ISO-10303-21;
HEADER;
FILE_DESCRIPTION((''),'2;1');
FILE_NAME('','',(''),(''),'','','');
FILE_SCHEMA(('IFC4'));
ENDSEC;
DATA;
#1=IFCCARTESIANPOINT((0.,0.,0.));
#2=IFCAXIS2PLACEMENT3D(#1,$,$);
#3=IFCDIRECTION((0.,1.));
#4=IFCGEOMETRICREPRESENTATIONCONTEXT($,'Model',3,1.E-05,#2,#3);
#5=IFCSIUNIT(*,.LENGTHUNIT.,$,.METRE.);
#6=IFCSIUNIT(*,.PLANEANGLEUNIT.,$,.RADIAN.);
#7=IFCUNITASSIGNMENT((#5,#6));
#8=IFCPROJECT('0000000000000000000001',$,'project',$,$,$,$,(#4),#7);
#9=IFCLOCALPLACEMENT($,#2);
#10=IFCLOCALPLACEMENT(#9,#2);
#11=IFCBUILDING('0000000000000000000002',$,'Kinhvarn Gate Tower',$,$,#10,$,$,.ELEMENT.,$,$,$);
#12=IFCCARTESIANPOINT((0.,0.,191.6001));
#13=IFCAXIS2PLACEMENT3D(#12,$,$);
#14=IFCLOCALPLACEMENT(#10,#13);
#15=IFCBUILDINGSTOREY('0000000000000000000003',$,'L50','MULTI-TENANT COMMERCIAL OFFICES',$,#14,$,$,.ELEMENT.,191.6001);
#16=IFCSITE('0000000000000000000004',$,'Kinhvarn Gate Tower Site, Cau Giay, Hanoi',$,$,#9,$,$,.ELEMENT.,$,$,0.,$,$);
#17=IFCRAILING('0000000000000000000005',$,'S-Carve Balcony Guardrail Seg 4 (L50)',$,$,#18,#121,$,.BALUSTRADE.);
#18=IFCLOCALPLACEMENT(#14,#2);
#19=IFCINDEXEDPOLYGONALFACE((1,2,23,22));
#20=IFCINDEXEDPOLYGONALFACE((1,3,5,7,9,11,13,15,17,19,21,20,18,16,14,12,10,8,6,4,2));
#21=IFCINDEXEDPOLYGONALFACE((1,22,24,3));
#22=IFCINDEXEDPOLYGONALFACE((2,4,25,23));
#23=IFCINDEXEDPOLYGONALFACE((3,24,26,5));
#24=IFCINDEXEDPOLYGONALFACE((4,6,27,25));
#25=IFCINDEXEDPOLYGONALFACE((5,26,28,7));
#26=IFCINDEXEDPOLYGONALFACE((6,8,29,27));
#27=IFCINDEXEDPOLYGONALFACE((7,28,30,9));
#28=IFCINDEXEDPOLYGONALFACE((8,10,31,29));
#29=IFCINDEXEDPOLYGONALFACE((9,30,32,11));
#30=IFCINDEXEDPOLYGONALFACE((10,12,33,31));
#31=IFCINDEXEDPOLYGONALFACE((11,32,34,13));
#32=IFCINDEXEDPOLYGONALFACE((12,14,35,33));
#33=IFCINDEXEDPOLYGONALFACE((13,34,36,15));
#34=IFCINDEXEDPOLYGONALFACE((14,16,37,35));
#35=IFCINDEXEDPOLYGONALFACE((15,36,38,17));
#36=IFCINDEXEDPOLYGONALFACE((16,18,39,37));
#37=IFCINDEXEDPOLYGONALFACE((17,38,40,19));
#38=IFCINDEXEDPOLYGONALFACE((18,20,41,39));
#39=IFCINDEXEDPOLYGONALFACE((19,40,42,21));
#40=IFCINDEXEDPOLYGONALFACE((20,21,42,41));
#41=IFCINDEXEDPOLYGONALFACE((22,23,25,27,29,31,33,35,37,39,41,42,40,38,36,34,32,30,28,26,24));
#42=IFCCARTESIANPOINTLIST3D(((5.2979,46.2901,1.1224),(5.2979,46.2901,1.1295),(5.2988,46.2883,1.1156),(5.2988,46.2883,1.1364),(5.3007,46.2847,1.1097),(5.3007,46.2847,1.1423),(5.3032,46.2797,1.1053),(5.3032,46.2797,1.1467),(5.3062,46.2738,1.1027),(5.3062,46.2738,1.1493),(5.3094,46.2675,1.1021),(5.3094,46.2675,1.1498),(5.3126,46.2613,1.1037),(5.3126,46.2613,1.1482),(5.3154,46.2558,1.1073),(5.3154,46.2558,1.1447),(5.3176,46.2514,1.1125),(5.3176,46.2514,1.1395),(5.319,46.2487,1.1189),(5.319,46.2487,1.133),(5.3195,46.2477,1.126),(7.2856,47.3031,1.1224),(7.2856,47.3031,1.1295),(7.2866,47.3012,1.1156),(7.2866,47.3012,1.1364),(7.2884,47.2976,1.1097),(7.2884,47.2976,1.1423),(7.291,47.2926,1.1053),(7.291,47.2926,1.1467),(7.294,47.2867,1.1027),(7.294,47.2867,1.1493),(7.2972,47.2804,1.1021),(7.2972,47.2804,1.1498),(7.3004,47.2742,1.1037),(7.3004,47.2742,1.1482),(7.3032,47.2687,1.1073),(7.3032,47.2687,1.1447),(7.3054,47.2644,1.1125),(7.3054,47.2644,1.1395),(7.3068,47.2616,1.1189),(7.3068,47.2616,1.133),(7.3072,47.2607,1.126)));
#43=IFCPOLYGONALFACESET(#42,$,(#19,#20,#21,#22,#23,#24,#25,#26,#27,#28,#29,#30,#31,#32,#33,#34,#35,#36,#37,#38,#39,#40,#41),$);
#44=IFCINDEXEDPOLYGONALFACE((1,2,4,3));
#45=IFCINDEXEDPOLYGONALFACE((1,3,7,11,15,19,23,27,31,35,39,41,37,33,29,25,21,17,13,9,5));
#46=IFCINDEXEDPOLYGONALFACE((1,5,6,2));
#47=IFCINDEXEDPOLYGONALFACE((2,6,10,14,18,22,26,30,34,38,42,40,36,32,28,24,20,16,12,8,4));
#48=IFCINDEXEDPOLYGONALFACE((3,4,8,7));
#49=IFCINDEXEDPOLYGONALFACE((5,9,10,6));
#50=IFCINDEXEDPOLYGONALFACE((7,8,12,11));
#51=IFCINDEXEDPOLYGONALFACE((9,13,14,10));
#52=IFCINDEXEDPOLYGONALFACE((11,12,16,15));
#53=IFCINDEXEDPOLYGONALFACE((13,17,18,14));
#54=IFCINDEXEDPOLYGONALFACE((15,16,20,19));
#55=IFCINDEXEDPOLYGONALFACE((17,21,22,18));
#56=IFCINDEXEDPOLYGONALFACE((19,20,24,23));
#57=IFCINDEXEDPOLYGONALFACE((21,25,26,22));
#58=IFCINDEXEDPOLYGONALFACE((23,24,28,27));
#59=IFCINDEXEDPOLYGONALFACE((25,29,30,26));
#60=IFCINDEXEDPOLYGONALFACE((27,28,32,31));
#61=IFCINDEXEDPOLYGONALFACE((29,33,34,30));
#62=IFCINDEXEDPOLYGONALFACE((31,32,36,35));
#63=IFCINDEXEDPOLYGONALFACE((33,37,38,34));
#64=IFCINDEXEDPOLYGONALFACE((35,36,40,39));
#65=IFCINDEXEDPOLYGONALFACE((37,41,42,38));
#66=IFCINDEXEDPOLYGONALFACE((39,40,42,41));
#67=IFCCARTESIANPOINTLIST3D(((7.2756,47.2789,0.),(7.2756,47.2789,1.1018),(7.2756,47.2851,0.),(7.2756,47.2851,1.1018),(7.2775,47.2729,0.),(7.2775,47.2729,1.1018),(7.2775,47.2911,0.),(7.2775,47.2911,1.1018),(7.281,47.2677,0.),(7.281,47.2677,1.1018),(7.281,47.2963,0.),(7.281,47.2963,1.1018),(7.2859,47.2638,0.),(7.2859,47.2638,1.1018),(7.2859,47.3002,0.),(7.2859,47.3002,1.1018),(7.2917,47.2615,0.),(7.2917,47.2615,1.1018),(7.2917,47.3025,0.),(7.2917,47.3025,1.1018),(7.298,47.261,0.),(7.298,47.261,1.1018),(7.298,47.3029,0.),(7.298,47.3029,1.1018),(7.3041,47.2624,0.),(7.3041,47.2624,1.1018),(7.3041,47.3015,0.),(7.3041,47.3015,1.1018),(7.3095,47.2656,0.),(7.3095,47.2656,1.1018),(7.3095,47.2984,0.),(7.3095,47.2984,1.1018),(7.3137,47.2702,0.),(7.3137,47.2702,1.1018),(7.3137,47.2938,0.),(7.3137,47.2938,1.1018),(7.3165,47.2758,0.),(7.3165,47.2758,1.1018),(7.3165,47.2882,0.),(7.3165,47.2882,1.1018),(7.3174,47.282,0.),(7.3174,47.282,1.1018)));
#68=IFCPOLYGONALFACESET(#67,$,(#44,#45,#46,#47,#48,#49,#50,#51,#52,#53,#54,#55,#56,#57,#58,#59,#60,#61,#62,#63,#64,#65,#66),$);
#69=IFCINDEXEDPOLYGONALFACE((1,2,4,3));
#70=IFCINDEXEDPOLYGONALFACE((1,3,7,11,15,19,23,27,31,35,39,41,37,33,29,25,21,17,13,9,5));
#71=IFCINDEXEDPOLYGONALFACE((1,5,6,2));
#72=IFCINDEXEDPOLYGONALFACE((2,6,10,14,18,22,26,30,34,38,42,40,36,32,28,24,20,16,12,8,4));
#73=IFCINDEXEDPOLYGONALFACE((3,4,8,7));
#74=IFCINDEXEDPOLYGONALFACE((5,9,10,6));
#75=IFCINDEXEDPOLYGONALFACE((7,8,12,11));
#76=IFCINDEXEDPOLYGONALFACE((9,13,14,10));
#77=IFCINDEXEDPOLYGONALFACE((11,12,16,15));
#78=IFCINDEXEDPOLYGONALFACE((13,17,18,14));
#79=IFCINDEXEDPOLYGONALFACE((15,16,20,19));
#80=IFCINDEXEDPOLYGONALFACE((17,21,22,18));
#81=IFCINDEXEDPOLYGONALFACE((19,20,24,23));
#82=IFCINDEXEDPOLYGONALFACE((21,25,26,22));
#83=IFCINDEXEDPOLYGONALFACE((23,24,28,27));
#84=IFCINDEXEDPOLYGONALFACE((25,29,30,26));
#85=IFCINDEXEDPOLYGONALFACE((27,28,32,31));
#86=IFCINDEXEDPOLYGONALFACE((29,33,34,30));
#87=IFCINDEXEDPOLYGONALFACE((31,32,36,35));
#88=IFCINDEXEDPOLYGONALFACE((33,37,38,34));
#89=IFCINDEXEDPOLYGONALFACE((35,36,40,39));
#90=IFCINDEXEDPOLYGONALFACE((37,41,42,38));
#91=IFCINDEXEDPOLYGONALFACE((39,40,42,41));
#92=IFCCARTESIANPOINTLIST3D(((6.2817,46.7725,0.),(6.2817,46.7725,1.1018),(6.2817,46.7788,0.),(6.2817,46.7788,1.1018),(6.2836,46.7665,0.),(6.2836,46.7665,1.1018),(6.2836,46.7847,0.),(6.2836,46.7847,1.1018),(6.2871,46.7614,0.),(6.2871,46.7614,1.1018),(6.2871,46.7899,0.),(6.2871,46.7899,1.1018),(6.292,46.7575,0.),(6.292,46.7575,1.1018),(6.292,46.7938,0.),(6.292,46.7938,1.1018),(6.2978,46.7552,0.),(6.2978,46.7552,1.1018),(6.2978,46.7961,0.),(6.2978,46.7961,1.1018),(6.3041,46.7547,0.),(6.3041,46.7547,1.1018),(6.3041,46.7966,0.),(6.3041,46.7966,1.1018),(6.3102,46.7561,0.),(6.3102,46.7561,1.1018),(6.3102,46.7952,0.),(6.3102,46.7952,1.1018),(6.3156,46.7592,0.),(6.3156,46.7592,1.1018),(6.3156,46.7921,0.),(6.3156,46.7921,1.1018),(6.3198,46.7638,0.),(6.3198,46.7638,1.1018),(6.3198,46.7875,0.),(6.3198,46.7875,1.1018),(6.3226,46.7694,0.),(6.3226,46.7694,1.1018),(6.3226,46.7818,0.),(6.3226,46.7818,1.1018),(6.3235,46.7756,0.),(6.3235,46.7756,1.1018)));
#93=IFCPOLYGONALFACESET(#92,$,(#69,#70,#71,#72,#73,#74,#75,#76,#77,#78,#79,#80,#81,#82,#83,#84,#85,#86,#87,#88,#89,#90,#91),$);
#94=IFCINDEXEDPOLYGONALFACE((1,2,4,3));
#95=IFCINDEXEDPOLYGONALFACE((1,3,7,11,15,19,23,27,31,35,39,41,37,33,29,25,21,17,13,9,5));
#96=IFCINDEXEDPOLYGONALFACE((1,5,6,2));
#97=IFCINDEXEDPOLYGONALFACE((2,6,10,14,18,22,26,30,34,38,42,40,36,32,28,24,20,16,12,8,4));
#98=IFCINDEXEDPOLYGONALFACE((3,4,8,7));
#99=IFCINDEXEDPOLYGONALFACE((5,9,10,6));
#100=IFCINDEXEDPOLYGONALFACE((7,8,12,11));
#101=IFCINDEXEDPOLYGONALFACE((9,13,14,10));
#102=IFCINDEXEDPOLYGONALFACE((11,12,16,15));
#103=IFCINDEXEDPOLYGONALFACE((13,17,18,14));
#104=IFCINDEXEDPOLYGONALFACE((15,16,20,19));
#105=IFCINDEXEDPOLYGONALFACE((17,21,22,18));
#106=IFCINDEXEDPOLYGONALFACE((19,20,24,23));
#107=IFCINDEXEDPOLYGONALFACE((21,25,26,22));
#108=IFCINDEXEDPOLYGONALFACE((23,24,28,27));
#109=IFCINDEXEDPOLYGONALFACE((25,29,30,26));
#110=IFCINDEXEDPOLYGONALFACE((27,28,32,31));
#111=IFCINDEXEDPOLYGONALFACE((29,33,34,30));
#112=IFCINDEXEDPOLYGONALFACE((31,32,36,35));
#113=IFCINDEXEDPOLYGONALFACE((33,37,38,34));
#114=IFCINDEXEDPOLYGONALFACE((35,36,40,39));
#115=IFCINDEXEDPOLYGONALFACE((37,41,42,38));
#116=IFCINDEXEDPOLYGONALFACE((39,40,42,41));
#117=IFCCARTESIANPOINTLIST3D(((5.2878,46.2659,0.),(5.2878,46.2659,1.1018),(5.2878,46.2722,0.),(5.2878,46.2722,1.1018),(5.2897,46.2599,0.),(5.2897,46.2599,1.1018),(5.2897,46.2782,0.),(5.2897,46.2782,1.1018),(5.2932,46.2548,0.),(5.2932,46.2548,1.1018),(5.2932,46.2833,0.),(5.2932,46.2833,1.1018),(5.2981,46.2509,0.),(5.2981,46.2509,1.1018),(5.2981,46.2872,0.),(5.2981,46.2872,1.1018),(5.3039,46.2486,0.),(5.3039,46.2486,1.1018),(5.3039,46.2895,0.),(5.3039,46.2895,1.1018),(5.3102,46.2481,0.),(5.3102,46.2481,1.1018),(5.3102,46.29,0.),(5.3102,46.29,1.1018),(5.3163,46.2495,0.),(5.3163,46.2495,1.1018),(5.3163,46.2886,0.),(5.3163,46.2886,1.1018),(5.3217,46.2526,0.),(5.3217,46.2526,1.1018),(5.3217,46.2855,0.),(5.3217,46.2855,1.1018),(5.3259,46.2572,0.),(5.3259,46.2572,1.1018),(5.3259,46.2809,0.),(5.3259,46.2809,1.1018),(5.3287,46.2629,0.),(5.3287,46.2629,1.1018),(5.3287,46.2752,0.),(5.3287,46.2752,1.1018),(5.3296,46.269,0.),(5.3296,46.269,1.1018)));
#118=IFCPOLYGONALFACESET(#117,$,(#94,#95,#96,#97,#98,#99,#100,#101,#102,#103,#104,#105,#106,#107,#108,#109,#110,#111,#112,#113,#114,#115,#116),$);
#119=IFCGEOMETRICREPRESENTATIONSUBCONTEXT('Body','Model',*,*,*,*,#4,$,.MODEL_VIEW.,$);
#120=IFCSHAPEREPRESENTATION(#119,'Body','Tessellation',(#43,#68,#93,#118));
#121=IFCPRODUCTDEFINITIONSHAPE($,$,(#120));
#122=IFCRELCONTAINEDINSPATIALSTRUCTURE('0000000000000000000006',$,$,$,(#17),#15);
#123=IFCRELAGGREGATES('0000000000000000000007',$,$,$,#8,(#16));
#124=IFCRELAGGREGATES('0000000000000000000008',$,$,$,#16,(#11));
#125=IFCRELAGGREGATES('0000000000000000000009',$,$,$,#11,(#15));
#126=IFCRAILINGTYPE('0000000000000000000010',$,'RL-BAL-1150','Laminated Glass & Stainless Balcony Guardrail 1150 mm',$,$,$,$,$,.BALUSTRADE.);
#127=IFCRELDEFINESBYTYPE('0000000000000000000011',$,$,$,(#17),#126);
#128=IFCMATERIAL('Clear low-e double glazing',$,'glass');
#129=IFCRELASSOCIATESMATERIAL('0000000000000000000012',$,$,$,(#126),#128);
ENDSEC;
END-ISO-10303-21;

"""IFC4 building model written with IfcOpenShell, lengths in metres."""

from ifc_helpers import new_model, si_unit, direction, frame, origin, origin_2d, place, context, subcontext, project, spatial, circle, extrude, material, type_object, element, save


model = new_model("IFC4")

# Units and contexts
model_context = context("Model", 3, precision=1e-05, world=origin(), true_north=direction((0.0, 1.0)))
body_context = subcontext(model_context, "Body", "Model", "MODEL_VIEW")
ifc_project = project(units=[si_unit("LENGTHUNIT", "METRE"), si_unit("PLANEANGLEUNIT", "RADIAN")], contexts=[model_context])

# Site, building, storey
site_placement = place(None, origin())
site = spatial("IfcSite", under=ifc_project, at=site_placement, Name="Kinhvarn Gate Tower Site, Cau Giay, Hanoi", CompositionType="ELEMENT", RefElevation=0.0)
building_placement = place(site_placement, origin())
building = spatial("IfcBuilding", under=site, at=building_placement, Name="Kinhvarn Gate Tower", CompositionType="ELEMENT")
storey_placement = place(building_placement, frame((0.0, 0.0, 191.6001)))
storey = spatial("IfcBuildingStorey", under=building, at=storey_placement, Name="L50", Description="MULTI-TENANT COMMERCIAL OFFICES", CompositionType="ELEMENT", Elevation=191.6001)

# Shared definitions
ifc_material_1 = material(Name="Clear low-e double glazing", Category="glass")

# Railing
railing_type = type_object("IfcRailingType", Name="RL-BAL-1150", Description="Laminated Glass & Stainless Balcony Guardrail 1150 mm", PredefinedType="BALUSTRADE", material=ifc_material_1)
railing_1_placement = place(storey_placement, frame((7.2964, 47.282, 0.0)))
element("IfcRailing", 1, at=railing_1_placement, inside=storey, type_object=railing_type, Name="S-Carve Balcony Guardrail Seg 4 (L50)", PredefinedType="BALUSTRADE", context=body_context, shape_type="SweptSolid", body=[
    extrude(circle(Radius=0.0239, at=origin_2d()), frame((0.0, 0.0, 1.126), z_axis=(-0.890987, -0.454029, 0.0), x_axis=(0.454029, -0.890987, 0.0)), (0.0, 0.0, 1.0), 2.231),
    extrude(circle(Radius=0.021, at=origin_2d()), origin(), (0.0, 0.0, 1.0), 1.1018),
    extrude(circle(Radius=0.021, at=origin_2d()), frame((-0.9939, -0.5063, 0.0)), (0.0, 0.0, 1.0), 1.1018),
    extrude(circle(Radius=0.021, at=origin_2d()), frame((-1.9878, -1.0129, 0.0)), (0.0, 0.0, 1.0), 1.1018),
])

save(model, "model.ifc")
